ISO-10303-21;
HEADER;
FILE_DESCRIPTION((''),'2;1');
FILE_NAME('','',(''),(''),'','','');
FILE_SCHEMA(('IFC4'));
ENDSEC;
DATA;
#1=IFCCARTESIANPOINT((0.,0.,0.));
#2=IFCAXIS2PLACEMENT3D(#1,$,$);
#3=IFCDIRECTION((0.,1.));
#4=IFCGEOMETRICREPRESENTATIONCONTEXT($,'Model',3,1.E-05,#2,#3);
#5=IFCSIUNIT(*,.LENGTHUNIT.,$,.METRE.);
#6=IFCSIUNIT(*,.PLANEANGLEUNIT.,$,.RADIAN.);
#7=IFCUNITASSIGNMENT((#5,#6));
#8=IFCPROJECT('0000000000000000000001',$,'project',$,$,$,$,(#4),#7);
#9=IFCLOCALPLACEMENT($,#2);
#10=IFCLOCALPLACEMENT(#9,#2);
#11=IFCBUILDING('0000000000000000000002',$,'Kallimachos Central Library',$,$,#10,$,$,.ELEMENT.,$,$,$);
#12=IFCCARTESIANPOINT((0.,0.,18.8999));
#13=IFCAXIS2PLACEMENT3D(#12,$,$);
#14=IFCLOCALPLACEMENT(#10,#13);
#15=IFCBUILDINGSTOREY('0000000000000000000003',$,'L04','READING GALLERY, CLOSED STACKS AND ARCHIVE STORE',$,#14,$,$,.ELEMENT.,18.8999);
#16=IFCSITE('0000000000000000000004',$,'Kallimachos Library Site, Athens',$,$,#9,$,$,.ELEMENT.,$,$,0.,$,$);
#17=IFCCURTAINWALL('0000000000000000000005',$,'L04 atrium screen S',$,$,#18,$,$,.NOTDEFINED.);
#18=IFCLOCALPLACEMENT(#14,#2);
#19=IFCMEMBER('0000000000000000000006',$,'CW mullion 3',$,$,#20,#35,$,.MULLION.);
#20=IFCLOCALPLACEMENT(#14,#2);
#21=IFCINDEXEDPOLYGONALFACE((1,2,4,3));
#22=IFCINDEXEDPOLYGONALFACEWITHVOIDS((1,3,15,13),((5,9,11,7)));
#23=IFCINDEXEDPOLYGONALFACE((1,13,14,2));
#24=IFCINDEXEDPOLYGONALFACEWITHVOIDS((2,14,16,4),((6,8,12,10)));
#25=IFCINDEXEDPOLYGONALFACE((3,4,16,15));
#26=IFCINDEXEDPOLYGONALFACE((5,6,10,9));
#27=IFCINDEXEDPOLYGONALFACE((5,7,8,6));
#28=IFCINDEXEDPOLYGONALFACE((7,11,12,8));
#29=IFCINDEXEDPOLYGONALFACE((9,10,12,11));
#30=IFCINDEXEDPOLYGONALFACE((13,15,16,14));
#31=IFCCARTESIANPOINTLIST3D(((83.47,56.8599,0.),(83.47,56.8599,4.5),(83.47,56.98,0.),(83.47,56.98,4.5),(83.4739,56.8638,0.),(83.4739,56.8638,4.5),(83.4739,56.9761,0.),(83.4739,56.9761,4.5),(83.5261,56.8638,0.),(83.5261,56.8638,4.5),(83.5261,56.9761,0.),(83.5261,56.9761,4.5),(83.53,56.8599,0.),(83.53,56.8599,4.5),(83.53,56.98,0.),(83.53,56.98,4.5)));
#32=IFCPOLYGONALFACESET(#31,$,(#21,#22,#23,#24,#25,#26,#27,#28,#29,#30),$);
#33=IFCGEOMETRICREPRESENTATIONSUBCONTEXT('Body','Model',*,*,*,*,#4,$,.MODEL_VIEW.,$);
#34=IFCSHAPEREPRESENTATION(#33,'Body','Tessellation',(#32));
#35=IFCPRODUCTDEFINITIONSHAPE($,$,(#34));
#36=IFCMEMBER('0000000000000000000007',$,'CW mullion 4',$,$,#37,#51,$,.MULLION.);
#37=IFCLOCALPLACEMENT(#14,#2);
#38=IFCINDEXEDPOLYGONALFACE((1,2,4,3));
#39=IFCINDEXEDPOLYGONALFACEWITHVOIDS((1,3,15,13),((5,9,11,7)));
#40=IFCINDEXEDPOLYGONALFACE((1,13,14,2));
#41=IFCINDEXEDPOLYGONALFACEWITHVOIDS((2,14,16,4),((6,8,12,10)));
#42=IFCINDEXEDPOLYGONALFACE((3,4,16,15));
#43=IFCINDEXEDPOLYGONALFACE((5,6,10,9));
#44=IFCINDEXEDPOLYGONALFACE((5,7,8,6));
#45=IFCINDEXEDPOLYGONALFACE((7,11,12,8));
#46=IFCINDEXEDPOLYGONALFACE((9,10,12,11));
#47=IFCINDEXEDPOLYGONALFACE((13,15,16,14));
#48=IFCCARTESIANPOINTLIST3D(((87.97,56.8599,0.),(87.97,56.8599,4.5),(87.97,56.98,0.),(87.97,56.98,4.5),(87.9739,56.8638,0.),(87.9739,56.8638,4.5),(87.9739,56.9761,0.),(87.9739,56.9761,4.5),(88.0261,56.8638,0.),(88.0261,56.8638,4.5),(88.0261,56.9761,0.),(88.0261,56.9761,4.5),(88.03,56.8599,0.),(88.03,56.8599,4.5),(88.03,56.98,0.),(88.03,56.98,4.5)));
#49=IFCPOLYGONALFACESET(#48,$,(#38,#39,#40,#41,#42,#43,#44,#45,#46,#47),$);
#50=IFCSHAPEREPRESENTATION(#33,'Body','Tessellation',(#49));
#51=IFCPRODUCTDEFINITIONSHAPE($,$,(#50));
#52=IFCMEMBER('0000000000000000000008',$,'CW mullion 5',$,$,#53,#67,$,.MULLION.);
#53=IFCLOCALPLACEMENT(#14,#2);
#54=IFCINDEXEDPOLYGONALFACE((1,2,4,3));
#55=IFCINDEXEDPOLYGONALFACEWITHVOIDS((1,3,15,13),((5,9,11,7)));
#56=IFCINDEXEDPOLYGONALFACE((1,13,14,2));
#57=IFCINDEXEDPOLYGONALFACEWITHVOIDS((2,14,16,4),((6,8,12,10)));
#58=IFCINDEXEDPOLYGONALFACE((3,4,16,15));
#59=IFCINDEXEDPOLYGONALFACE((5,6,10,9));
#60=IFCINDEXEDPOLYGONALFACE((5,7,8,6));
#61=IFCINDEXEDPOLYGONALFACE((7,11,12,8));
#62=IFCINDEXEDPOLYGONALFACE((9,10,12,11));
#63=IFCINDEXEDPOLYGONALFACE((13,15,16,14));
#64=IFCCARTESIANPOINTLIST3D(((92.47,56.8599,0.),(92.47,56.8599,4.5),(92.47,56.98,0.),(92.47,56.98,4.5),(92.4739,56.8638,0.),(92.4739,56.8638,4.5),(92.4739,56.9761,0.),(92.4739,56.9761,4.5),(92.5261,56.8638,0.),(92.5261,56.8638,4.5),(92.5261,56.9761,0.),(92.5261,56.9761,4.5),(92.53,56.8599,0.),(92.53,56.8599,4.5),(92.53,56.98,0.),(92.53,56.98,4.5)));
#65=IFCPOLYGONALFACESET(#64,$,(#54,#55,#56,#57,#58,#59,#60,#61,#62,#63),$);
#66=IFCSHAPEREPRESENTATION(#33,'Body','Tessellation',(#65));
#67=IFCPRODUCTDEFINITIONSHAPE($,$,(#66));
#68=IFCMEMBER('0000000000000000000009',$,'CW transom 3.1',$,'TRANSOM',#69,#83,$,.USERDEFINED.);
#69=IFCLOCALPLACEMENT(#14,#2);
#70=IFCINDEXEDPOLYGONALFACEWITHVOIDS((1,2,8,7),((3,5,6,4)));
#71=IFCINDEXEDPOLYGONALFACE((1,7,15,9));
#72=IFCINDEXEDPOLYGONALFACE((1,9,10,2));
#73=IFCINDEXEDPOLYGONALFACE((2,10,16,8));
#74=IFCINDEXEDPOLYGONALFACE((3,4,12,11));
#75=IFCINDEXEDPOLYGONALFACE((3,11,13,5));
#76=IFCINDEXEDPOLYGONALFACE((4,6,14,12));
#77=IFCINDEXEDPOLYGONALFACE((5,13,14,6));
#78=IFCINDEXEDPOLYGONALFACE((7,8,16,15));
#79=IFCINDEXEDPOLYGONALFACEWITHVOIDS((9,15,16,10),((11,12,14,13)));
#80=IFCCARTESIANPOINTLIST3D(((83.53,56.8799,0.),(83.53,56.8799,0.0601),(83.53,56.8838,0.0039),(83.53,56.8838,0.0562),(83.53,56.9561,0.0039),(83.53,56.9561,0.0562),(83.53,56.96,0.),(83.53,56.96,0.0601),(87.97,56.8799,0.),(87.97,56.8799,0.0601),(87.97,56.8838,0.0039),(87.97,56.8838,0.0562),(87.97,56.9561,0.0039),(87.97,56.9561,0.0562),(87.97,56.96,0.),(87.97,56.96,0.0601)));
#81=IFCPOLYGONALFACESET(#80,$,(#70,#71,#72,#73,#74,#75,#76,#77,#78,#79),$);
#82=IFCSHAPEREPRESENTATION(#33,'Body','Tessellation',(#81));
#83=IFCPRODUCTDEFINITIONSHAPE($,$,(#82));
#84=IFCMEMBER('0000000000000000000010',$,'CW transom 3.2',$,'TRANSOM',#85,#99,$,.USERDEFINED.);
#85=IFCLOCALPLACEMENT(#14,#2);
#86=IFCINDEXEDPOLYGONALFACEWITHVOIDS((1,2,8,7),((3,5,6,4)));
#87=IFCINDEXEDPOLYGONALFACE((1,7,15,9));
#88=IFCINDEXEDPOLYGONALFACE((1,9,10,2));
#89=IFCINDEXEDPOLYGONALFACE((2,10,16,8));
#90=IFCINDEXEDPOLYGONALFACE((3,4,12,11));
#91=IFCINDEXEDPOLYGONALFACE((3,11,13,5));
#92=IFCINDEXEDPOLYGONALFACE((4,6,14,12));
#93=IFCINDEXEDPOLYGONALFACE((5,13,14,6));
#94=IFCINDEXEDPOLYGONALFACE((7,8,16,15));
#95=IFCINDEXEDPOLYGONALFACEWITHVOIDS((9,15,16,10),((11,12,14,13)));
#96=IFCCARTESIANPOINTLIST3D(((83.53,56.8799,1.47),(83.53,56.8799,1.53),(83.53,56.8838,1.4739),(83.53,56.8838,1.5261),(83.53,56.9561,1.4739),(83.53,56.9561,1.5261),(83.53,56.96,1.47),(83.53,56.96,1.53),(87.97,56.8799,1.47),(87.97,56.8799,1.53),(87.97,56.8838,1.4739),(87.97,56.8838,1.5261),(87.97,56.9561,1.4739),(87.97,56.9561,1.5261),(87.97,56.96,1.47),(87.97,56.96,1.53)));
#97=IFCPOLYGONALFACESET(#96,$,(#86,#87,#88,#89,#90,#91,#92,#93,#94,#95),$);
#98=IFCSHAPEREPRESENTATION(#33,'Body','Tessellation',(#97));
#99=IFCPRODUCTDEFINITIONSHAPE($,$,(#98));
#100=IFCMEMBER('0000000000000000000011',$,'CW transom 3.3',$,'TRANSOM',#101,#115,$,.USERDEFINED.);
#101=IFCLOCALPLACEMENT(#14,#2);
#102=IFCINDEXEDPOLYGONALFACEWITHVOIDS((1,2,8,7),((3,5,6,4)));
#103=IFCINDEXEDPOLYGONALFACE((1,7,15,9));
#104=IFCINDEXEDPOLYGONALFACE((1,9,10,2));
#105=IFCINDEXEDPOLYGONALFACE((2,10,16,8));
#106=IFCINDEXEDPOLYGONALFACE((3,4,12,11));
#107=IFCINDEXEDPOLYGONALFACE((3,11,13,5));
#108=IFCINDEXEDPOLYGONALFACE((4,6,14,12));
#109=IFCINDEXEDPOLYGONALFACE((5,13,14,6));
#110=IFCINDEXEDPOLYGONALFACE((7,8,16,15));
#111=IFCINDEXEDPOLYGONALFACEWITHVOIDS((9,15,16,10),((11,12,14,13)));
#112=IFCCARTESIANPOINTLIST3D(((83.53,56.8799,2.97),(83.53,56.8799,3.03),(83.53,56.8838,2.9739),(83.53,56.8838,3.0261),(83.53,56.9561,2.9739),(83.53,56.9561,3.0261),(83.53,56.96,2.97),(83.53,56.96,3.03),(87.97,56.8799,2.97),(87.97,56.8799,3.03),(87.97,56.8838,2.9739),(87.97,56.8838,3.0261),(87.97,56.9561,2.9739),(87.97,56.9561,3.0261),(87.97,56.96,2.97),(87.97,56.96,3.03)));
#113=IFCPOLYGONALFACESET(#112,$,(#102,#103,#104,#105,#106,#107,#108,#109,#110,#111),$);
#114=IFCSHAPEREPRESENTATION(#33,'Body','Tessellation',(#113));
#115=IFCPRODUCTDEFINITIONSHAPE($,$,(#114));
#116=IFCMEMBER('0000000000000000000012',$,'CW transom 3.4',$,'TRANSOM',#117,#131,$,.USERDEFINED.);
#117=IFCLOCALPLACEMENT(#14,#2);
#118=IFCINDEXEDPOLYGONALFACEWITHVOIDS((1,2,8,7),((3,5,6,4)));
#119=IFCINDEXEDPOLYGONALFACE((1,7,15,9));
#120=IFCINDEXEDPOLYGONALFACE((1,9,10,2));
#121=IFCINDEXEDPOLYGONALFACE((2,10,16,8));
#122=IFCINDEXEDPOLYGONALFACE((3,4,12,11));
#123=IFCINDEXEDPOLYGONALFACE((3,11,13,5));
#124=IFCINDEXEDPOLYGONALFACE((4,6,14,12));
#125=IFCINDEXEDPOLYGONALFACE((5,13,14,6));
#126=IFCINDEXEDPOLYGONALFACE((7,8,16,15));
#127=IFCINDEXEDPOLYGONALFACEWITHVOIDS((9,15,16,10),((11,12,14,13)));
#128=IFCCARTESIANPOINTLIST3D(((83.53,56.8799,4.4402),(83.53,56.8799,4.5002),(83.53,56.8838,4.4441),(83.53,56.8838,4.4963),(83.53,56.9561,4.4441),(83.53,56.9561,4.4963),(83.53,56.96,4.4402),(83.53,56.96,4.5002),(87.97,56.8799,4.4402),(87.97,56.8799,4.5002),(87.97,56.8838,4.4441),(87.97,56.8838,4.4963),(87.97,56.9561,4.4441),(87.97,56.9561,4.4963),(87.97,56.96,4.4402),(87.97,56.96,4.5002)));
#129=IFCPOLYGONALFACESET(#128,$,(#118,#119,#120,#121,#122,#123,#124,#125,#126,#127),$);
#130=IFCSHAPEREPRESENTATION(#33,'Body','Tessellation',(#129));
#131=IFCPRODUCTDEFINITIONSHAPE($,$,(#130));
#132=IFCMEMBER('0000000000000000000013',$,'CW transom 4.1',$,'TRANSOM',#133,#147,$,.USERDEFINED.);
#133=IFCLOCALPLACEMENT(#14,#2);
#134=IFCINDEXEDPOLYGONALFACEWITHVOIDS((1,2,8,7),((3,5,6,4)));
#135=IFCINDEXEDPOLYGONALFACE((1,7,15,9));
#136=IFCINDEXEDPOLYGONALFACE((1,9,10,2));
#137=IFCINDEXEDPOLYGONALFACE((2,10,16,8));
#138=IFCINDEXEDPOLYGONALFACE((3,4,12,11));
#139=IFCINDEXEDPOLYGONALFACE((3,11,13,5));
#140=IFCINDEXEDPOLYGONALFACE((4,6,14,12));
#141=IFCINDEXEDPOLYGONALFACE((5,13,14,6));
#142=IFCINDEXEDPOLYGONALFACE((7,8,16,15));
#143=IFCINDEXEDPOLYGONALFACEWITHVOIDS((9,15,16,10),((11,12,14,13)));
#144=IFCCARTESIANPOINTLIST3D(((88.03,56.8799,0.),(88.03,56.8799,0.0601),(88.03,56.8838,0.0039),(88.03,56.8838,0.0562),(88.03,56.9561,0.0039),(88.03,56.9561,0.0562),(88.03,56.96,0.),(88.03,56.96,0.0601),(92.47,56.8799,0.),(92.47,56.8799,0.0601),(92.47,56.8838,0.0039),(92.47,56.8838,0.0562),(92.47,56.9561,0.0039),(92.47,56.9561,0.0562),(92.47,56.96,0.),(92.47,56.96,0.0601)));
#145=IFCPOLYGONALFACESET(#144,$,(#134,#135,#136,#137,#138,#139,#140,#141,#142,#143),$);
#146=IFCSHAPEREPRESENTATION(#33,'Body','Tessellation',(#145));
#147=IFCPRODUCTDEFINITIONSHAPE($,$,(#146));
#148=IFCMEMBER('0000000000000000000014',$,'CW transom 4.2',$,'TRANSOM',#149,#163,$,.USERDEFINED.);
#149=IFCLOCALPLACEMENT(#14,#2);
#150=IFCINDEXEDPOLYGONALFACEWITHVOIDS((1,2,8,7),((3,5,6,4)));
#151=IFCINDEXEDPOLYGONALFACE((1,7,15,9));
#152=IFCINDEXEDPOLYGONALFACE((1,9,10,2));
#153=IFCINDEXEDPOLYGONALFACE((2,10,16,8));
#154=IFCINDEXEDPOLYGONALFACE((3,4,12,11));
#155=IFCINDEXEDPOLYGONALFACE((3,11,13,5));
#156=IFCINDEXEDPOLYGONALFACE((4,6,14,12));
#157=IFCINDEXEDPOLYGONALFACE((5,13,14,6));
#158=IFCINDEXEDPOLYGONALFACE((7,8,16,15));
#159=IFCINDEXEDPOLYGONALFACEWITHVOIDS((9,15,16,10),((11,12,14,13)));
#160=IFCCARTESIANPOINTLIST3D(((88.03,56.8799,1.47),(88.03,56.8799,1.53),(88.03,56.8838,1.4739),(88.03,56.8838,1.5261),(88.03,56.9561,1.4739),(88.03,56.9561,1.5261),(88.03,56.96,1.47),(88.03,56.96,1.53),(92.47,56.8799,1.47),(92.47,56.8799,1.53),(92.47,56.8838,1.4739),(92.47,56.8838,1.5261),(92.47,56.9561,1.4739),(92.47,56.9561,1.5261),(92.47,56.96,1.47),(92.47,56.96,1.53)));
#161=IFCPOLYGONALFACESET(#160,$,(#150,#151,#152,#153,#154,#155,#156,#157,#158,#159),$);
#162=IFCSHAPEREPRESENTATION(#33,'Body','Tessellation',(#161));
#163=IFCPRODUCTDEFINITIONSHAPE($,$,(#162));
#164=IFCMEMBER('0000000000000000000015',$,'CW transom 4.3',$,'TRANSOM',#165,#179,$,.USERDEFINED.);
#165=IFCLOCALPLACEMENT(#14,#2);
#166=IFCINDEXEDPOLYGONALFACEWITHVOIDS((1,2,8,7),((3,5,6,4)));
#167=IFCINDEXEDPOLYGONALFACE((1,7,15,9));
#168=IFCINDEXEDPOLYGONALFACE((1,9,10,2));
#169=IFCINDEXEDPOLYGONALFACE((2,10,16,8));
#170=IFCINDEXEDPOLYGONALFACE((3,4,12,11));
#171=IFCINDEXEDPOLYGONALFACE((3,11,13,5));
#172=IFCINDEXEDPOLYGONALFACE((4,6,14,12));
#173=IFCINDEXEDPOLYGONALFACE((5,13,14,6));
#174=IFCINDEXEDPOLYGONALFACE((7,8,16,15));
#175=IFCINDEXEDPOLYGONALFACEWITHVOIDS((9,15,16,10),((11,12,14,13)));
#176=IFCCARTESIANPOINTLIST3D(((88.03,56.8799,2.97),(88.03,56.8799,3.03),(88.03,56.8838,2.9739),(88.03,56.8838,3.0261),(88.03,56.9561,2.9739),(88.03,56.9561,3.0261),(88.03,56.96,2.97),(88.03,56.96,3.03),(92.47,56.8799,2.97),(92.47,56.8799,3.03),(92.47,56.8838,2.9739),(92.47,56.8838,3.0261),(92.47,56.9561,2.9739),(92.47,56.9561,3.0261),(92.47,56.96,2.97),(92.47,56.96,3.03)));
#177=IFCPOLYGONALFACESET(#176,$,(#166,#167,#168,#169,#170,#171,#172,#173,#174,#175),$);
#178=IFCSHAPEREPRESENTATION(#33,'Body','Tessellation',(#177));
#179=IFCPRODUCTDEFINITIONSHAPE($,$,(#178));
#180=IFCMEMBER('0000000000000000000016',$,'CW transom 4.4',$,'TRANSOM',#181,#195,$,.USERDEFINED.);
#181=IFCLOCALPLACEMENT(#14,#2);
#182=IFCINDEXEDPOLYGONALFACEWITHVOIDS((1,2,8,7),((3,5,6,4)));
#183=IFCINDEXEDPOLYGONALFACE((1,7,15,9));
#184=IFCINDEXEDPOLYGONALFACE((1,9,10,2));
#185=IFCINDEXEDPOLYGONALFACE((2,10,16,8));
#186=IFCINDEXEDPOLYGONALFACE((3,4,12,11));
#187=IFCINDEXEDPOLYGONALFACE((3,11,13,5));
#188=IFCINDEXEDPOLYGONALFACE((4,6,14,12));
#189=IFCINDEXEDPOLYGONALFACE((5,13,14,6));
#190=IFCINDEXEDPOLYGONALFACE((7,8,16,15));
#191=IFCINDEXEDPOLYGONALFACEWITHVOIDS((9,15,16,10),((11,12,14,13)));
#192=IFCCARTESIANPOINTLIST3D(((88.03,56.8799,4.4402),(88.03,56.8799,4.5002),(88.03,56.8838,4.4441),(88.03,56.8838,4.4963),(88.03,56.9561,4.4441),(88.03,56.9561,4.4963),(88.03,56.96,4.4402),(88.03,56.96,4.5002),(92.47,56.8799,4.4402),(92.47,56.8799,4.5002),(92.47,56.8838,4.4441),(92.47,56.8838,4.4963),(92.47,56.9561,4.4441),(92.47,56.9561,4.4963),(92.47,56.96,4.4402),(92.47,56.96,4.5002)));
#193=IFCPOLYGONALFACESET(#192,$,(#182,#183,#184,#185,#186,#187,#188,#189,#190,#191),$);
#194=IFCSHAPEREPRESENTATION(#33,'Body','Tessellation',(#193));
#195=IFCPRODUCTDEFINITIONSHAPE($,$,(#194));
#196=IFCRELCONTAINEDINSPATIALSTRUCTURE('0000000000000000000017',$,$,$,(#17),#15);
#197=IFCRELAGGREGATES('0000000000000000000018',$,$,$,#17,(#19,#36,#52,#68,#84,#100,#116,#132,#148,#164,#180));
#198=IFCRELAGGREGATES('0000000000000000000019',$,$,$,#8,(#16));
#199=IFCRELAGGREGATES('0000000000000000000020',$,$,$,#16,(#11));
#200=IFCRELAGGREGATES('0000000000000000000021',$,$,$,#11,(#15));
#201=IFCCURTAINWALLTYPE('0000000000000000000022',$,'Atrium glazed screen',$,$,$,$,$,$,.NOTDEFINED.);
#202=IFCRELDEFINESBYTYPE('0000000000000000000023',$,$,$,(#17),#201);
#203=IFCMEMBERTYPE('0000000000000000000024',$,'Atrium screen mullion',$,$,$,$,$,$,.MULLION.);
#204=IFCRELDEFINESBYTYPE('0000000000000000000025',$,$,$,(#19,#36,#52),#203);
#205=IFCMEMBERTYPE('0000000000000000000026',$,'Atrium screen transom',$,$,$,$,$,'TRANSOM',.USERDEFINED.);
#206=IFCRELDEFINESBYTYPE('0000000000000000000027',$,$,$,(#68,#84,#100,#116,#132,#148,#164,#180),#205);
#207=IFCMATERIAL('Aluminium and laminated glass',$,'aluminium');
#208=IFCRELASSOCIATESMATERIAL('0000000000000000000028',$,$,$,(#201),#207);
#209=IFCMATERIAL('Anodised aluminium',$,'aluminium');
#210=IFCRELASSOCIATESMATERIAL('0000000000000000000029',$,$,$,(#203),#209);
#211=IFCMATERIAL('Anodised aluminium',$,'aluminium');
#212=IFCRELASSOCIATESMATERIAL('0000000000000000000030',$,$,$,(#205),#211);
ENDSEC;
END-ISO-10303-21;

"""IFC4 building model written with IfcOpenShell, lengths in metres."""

from ifc_helpers import new_model, si_unit, direction, frame, origin, origin_2d, place, context, subcontext, project, spatial, hollow_rectangle, extrude, material, material_profile, profile_set, type_object, element, aggregate, save


model = new_model("IFC4")

# Units and contexts
model_context = context("Model", 3, precision=1e-05, world=origin(), true_north=direction((0.0, 1.0)))
body_context = subcontext(model_context, "Body", "Model", "MODEL_VIEW")
ifc_project = project(units=[si_unit("LENGTHUNIT", "METRE"), si_unit("PLANEANGLEUNIT", "RADIAN")], contexts=[model_context])

# Site, building, storey
site_placement = place(None, origin())
site = spatial("IfcSite", under=ifc_project, at=site_placement, Name="Kallimachos Library Site, Athens", CompositionType="ELEMENT", RefElevation=0.0)
building_placement = place(site_placement, origin())
building = spatial("IfcBuilding", under=site, at=building_placement, Name="Kallimachos Central Library", CompositionType="ELEMENT")
storey_placement = place(building_placement, frame((0.0, 0.0, 18.8999)))
storey = spatial("IfcBuildingStorey", under=building, at=storey_placement, Name="L04", Description="READING GALLERY, CLOSED STACKS AND ARCHIVE STORE", CompositionType="ELEMENT", Elevation=18.8999)

# Curtain wall, members
ifc_material_1 = material(Name="Aluminium and laminated glass", Category="aluminium")
curtain_wall_type = type_object("IfcCurtainWallType", Name="Atrium glazed screen", PredefinedType="NOTDEFINED", material=ifc_material_1)
curtain_wall_placement = place(storey_placement, origin())
curtain_wall = element("IfcCurtainWall", 1, at=curtain_wall_placement, inside=storey, type_object=curtain_wall_type, Name="L04 atrium screen S", PredefinedType="NOTDEFINED")
ifc_material_2 = material(Name="Anodised aluminium", Category="aluminium")
ifc_material_profile_1 = material_profile(ifc_material_2, hollow_rectangle(XDim=0.0601, YDim=0.1201, WallThickness=0.0039, at=origin_2d()), Name="ALU MULLION 60x120")
ifc_profile_set_1 = profile_set([ifc_material_profile_1], Name="Anodised aluminium")
member_type_1 = type_object("IfcMemberType", Name="Atrium screen mullion", PredefinedType="MULLION", material=ifc_profile_set_1)
member_1_placement = place(storey_placement, frame((83.5, 56.9199, 0.0), z_axis=(0.0, 0.0, 1.0), x_axis=(1.0, 0.0, 0.0)))
member_1 = element("IfcMember", 2, at=member_1_placement, type_object=member_type_1, Name="CW mullion 3", PredefinedType="MULLION", context=body_context, shape_type="SweptSolid", body=[
    extrude(hollow_rectangle(XDim=0.0601, YDim=0.1201, WallThickness=0.0039, at=origin_2d()), origin(), (0.0, 0.0, 1.0), 4.5),
])
member_2_placement = place(storey_placement, frame((88.0, 56.9199, 0.0), z_axis=(0.0, 0.0, 1.0), x_axis=(1.0, 0.0, 0.0)))
member_2 = element("IfcMember", 3, at=member_2_placement, type_object=member_type_1, Name="CW mullion 4", PredefinedType="MULLION", context=body_context, shape_type="SweptSolid", body=[
    extrude(hollow_rectangle(XDim=0.0601, YDim=0.1201, WallThickness=0.0039, at=origin_2d()), origin(), (0.0, 0.0, 1.0), 4.5),
])
member_3_placement = place(storey_placement, frame((92.5, 56.9199, 0.0), z_axis=(0.0, 0.0, 1.0), x_axis=(1.0, 0.0, 0.0)))
member_3 = element("IfcMember", 4, at=member_3_placement, type_object=member_type_1, Name="CW mullion 5", PredefinedType="MULLION", context=body_context, shape_type="SweptSolid", body=[
    extrude(hollow_rectangle(XDim=0.0601, YDim=0.1201, WallThickness=0.0039, at=origin_2d()), origin(), (0.0, 0.0, 1.0), 4.5),
])
ifc_material_3 = material(Name="Anodised aluminium", Category="aluminium")
ifc_material_profile_2 = material_profile(ifc_material_3, hollow_rectangle(XDim=0.0601, YDim=0.0801, WallThickness=0.0039, at=origin_2d()), Name="ALU TRANSOM 60x80")
ifc_profile_set_2 = profile_set([ifc_material_profile_2], Name="Anodised aluminium")
member_type_2 = type_object("IfcMemberType", Name="Atrium screen transom", ElementType="TRANSOM", PredefinedType="USERDEFINED", material=ifc_profile_set_2)
member_4_placement = place(storey_placement, frame((83.53, 56.9199, 0.03), z_axis=(1.0, 0.0, 0.0), x_axis=(0.0, 0.0, 1.0)))
member_4 = element("IfcMember", 5, at=member_4_placement, type_object=member_type_2, Name="CW transom 3.1", ObjectType="TRANSOM", PredefinedType="USERDEFINED", context=body_context, shape_type="SweptSolid", body=[
    extrude(hollow_rectangle(XDim=0.0601, YDim=0.0801, WallThickness=0.0039, at=origin_2d()), origin(), (0.0, 0.0, 1.0), 4.4399),
])
member_5_placement = place(storey_placement, frame((83.53, 56.9199, 1.5), z_axis=(1.0, 0.0, 0.0), x_axis=(0.0, 0.0, 1.0)))
member_5 = element("IfcMember", 6, at=member_5_placement, type_object=member_type_2, Name="CW transom 3.2", ObjectType="TRANSOM", PredefinedType="USERDEFINED", context=body_context, shape_type="SweptSolid", body=[
    extrude(hollow_rectangle(XDim=0.0601, YDim=0.0801, WallThickness=0.0039, at=origin_2d()), origin(), (0.0, 0.0, 1.0), 4.4399),
])
member_6_placement = place(storey_placement, frame((83.53, 56.9199, 3.0), z_axis=(1.0, 0.0, 0.0), x_axis=(0.0, 0.0, 1.0)))
member_6 = element("IfcMember", 7, at=member_6_placement, type_object=member_type_2, Name="CW transom 3.3", ObjectType="TRANSOM", PredefinedType="USERDEFINED", context=body_context, shape_type="SweptSolid", body=[
    extrude(hollow_rectangle(XDim=0.0601, YDim=0.0801, WallThickness=0.0039, at=origin_2d()), origin(), (0.0, 0.0, 1.0), 4.4399),
])
member_7_placement = place(storey_placement, frame((83.53, 56.9199, 4.4702), z_axis=(1.0, 0.0, 0.0), x_axis=(0.0, 0.0, 1.0)))
member_7 = element("IfcMember", 8, at=member_7_placement, type_object=member_type_2, Name="CW transom 3.4", ObjectType="TRANSOM", PredefinedType="USERDEFINED", context=body_context, shape_type="SweptSolid", body=[
    extrude(hollow_rectangle(XDim=0.0601, YDim=0.0801, WallThickness=0.0039, at=origin_2d()), origin(), (0.0, 0.0, 1.0), 4.4399),
])
member_8_placement = place(storey_placement, frame((88.03, 56.9199, 0.03), z_axis=(1.0, 0.0, 0.0), x_axis=(0.0, 0.0, 1.0)))
member_8 = element("IfcMember", 9, at=member_8_placement, type_object=member_type_2, Name="CW transom 4.1", ObjectType="TRANSOM", PredefinedType="USERDEFINED", context=body_context, shape_type="SweptSolid", body=[
    extrude(hollow_rectangle(XDim=0.0601, YDim=0.0801, WallThickness=0.0039, at=origin_2d()), origin(), (0.0, 0.0, 1.0), 4.4399),
])
member_9_placement = place(storey_placement, frame((88.03, 56.9199, 1.5), z_axis=(1.0, 0.0, 0.0), x_axis=(0.0, 0.0, 1.0)))
member_9 = element("IfcMember", 10, at=member_9_placement, type_object=member_type_2, Name="CW transom 4.2", ObjectType="TRANSOM", PredefinedType="USERDEFINED", context=body_context, shape_type="SweptSolid", body=[
    extrude(hollow_rectangle(XDim=0.0601, YDim=0.0801, WallThickness=0.0039, at=origin_2d()), origin(), (0.0, 0.0, 1.0), 4.4399),
])
member_10_placement = place(storey_placement, frame((88.03, 56.9199, 3.0), z_axis=(1.0, 0.0, 0.0), x_axis=(0.0, 0.0, 1.0)))
member_10 = element("IfcMember", 11, at=member_10_placement, type_object=member_type_2, Name="CW transom 4.3", ObjectType="TRANSOM", PredefinedType="USERDEFINED", context=body_context, shape_type="SweptSolid", body=[
    extrude(hollow_rectangle(XDim=0.0601, YDim=0.0801, WallThickness=0.0039, at=origin_2d()), origin(), (0.0, 0.0, 1.0), 4.4399),
])
member_11_placement = place(storey_placement, frame((88.03, 56.9199, 4.4702), z_axis=(1.0, 0.0, 0.0), x_axis=(0.0, 0.0, 1.0)))
member_11 = element("IfcMember", 12, at=member_11_placement, type_object=member_type_2, Name="CW transom 4.4", ObjectType="TRANSOM", PredefinedType="USERDEFINED", context=body_context, shape_type="SweptSolid", body=[
    extrude(hollow_rectangle(XDim=0.0601, YDim=0.0801, WallThickness=0.0039, at=origin_2d()), origin(), (0.0, 0.0, 1.0), 4.4399),
])
aggregate(curtain_wall, [member_1, member_2, member_3, member_4, member_5, member_6, member_7, member_8, member_9, member_10, member_11])

save(model, "model.ifc")
